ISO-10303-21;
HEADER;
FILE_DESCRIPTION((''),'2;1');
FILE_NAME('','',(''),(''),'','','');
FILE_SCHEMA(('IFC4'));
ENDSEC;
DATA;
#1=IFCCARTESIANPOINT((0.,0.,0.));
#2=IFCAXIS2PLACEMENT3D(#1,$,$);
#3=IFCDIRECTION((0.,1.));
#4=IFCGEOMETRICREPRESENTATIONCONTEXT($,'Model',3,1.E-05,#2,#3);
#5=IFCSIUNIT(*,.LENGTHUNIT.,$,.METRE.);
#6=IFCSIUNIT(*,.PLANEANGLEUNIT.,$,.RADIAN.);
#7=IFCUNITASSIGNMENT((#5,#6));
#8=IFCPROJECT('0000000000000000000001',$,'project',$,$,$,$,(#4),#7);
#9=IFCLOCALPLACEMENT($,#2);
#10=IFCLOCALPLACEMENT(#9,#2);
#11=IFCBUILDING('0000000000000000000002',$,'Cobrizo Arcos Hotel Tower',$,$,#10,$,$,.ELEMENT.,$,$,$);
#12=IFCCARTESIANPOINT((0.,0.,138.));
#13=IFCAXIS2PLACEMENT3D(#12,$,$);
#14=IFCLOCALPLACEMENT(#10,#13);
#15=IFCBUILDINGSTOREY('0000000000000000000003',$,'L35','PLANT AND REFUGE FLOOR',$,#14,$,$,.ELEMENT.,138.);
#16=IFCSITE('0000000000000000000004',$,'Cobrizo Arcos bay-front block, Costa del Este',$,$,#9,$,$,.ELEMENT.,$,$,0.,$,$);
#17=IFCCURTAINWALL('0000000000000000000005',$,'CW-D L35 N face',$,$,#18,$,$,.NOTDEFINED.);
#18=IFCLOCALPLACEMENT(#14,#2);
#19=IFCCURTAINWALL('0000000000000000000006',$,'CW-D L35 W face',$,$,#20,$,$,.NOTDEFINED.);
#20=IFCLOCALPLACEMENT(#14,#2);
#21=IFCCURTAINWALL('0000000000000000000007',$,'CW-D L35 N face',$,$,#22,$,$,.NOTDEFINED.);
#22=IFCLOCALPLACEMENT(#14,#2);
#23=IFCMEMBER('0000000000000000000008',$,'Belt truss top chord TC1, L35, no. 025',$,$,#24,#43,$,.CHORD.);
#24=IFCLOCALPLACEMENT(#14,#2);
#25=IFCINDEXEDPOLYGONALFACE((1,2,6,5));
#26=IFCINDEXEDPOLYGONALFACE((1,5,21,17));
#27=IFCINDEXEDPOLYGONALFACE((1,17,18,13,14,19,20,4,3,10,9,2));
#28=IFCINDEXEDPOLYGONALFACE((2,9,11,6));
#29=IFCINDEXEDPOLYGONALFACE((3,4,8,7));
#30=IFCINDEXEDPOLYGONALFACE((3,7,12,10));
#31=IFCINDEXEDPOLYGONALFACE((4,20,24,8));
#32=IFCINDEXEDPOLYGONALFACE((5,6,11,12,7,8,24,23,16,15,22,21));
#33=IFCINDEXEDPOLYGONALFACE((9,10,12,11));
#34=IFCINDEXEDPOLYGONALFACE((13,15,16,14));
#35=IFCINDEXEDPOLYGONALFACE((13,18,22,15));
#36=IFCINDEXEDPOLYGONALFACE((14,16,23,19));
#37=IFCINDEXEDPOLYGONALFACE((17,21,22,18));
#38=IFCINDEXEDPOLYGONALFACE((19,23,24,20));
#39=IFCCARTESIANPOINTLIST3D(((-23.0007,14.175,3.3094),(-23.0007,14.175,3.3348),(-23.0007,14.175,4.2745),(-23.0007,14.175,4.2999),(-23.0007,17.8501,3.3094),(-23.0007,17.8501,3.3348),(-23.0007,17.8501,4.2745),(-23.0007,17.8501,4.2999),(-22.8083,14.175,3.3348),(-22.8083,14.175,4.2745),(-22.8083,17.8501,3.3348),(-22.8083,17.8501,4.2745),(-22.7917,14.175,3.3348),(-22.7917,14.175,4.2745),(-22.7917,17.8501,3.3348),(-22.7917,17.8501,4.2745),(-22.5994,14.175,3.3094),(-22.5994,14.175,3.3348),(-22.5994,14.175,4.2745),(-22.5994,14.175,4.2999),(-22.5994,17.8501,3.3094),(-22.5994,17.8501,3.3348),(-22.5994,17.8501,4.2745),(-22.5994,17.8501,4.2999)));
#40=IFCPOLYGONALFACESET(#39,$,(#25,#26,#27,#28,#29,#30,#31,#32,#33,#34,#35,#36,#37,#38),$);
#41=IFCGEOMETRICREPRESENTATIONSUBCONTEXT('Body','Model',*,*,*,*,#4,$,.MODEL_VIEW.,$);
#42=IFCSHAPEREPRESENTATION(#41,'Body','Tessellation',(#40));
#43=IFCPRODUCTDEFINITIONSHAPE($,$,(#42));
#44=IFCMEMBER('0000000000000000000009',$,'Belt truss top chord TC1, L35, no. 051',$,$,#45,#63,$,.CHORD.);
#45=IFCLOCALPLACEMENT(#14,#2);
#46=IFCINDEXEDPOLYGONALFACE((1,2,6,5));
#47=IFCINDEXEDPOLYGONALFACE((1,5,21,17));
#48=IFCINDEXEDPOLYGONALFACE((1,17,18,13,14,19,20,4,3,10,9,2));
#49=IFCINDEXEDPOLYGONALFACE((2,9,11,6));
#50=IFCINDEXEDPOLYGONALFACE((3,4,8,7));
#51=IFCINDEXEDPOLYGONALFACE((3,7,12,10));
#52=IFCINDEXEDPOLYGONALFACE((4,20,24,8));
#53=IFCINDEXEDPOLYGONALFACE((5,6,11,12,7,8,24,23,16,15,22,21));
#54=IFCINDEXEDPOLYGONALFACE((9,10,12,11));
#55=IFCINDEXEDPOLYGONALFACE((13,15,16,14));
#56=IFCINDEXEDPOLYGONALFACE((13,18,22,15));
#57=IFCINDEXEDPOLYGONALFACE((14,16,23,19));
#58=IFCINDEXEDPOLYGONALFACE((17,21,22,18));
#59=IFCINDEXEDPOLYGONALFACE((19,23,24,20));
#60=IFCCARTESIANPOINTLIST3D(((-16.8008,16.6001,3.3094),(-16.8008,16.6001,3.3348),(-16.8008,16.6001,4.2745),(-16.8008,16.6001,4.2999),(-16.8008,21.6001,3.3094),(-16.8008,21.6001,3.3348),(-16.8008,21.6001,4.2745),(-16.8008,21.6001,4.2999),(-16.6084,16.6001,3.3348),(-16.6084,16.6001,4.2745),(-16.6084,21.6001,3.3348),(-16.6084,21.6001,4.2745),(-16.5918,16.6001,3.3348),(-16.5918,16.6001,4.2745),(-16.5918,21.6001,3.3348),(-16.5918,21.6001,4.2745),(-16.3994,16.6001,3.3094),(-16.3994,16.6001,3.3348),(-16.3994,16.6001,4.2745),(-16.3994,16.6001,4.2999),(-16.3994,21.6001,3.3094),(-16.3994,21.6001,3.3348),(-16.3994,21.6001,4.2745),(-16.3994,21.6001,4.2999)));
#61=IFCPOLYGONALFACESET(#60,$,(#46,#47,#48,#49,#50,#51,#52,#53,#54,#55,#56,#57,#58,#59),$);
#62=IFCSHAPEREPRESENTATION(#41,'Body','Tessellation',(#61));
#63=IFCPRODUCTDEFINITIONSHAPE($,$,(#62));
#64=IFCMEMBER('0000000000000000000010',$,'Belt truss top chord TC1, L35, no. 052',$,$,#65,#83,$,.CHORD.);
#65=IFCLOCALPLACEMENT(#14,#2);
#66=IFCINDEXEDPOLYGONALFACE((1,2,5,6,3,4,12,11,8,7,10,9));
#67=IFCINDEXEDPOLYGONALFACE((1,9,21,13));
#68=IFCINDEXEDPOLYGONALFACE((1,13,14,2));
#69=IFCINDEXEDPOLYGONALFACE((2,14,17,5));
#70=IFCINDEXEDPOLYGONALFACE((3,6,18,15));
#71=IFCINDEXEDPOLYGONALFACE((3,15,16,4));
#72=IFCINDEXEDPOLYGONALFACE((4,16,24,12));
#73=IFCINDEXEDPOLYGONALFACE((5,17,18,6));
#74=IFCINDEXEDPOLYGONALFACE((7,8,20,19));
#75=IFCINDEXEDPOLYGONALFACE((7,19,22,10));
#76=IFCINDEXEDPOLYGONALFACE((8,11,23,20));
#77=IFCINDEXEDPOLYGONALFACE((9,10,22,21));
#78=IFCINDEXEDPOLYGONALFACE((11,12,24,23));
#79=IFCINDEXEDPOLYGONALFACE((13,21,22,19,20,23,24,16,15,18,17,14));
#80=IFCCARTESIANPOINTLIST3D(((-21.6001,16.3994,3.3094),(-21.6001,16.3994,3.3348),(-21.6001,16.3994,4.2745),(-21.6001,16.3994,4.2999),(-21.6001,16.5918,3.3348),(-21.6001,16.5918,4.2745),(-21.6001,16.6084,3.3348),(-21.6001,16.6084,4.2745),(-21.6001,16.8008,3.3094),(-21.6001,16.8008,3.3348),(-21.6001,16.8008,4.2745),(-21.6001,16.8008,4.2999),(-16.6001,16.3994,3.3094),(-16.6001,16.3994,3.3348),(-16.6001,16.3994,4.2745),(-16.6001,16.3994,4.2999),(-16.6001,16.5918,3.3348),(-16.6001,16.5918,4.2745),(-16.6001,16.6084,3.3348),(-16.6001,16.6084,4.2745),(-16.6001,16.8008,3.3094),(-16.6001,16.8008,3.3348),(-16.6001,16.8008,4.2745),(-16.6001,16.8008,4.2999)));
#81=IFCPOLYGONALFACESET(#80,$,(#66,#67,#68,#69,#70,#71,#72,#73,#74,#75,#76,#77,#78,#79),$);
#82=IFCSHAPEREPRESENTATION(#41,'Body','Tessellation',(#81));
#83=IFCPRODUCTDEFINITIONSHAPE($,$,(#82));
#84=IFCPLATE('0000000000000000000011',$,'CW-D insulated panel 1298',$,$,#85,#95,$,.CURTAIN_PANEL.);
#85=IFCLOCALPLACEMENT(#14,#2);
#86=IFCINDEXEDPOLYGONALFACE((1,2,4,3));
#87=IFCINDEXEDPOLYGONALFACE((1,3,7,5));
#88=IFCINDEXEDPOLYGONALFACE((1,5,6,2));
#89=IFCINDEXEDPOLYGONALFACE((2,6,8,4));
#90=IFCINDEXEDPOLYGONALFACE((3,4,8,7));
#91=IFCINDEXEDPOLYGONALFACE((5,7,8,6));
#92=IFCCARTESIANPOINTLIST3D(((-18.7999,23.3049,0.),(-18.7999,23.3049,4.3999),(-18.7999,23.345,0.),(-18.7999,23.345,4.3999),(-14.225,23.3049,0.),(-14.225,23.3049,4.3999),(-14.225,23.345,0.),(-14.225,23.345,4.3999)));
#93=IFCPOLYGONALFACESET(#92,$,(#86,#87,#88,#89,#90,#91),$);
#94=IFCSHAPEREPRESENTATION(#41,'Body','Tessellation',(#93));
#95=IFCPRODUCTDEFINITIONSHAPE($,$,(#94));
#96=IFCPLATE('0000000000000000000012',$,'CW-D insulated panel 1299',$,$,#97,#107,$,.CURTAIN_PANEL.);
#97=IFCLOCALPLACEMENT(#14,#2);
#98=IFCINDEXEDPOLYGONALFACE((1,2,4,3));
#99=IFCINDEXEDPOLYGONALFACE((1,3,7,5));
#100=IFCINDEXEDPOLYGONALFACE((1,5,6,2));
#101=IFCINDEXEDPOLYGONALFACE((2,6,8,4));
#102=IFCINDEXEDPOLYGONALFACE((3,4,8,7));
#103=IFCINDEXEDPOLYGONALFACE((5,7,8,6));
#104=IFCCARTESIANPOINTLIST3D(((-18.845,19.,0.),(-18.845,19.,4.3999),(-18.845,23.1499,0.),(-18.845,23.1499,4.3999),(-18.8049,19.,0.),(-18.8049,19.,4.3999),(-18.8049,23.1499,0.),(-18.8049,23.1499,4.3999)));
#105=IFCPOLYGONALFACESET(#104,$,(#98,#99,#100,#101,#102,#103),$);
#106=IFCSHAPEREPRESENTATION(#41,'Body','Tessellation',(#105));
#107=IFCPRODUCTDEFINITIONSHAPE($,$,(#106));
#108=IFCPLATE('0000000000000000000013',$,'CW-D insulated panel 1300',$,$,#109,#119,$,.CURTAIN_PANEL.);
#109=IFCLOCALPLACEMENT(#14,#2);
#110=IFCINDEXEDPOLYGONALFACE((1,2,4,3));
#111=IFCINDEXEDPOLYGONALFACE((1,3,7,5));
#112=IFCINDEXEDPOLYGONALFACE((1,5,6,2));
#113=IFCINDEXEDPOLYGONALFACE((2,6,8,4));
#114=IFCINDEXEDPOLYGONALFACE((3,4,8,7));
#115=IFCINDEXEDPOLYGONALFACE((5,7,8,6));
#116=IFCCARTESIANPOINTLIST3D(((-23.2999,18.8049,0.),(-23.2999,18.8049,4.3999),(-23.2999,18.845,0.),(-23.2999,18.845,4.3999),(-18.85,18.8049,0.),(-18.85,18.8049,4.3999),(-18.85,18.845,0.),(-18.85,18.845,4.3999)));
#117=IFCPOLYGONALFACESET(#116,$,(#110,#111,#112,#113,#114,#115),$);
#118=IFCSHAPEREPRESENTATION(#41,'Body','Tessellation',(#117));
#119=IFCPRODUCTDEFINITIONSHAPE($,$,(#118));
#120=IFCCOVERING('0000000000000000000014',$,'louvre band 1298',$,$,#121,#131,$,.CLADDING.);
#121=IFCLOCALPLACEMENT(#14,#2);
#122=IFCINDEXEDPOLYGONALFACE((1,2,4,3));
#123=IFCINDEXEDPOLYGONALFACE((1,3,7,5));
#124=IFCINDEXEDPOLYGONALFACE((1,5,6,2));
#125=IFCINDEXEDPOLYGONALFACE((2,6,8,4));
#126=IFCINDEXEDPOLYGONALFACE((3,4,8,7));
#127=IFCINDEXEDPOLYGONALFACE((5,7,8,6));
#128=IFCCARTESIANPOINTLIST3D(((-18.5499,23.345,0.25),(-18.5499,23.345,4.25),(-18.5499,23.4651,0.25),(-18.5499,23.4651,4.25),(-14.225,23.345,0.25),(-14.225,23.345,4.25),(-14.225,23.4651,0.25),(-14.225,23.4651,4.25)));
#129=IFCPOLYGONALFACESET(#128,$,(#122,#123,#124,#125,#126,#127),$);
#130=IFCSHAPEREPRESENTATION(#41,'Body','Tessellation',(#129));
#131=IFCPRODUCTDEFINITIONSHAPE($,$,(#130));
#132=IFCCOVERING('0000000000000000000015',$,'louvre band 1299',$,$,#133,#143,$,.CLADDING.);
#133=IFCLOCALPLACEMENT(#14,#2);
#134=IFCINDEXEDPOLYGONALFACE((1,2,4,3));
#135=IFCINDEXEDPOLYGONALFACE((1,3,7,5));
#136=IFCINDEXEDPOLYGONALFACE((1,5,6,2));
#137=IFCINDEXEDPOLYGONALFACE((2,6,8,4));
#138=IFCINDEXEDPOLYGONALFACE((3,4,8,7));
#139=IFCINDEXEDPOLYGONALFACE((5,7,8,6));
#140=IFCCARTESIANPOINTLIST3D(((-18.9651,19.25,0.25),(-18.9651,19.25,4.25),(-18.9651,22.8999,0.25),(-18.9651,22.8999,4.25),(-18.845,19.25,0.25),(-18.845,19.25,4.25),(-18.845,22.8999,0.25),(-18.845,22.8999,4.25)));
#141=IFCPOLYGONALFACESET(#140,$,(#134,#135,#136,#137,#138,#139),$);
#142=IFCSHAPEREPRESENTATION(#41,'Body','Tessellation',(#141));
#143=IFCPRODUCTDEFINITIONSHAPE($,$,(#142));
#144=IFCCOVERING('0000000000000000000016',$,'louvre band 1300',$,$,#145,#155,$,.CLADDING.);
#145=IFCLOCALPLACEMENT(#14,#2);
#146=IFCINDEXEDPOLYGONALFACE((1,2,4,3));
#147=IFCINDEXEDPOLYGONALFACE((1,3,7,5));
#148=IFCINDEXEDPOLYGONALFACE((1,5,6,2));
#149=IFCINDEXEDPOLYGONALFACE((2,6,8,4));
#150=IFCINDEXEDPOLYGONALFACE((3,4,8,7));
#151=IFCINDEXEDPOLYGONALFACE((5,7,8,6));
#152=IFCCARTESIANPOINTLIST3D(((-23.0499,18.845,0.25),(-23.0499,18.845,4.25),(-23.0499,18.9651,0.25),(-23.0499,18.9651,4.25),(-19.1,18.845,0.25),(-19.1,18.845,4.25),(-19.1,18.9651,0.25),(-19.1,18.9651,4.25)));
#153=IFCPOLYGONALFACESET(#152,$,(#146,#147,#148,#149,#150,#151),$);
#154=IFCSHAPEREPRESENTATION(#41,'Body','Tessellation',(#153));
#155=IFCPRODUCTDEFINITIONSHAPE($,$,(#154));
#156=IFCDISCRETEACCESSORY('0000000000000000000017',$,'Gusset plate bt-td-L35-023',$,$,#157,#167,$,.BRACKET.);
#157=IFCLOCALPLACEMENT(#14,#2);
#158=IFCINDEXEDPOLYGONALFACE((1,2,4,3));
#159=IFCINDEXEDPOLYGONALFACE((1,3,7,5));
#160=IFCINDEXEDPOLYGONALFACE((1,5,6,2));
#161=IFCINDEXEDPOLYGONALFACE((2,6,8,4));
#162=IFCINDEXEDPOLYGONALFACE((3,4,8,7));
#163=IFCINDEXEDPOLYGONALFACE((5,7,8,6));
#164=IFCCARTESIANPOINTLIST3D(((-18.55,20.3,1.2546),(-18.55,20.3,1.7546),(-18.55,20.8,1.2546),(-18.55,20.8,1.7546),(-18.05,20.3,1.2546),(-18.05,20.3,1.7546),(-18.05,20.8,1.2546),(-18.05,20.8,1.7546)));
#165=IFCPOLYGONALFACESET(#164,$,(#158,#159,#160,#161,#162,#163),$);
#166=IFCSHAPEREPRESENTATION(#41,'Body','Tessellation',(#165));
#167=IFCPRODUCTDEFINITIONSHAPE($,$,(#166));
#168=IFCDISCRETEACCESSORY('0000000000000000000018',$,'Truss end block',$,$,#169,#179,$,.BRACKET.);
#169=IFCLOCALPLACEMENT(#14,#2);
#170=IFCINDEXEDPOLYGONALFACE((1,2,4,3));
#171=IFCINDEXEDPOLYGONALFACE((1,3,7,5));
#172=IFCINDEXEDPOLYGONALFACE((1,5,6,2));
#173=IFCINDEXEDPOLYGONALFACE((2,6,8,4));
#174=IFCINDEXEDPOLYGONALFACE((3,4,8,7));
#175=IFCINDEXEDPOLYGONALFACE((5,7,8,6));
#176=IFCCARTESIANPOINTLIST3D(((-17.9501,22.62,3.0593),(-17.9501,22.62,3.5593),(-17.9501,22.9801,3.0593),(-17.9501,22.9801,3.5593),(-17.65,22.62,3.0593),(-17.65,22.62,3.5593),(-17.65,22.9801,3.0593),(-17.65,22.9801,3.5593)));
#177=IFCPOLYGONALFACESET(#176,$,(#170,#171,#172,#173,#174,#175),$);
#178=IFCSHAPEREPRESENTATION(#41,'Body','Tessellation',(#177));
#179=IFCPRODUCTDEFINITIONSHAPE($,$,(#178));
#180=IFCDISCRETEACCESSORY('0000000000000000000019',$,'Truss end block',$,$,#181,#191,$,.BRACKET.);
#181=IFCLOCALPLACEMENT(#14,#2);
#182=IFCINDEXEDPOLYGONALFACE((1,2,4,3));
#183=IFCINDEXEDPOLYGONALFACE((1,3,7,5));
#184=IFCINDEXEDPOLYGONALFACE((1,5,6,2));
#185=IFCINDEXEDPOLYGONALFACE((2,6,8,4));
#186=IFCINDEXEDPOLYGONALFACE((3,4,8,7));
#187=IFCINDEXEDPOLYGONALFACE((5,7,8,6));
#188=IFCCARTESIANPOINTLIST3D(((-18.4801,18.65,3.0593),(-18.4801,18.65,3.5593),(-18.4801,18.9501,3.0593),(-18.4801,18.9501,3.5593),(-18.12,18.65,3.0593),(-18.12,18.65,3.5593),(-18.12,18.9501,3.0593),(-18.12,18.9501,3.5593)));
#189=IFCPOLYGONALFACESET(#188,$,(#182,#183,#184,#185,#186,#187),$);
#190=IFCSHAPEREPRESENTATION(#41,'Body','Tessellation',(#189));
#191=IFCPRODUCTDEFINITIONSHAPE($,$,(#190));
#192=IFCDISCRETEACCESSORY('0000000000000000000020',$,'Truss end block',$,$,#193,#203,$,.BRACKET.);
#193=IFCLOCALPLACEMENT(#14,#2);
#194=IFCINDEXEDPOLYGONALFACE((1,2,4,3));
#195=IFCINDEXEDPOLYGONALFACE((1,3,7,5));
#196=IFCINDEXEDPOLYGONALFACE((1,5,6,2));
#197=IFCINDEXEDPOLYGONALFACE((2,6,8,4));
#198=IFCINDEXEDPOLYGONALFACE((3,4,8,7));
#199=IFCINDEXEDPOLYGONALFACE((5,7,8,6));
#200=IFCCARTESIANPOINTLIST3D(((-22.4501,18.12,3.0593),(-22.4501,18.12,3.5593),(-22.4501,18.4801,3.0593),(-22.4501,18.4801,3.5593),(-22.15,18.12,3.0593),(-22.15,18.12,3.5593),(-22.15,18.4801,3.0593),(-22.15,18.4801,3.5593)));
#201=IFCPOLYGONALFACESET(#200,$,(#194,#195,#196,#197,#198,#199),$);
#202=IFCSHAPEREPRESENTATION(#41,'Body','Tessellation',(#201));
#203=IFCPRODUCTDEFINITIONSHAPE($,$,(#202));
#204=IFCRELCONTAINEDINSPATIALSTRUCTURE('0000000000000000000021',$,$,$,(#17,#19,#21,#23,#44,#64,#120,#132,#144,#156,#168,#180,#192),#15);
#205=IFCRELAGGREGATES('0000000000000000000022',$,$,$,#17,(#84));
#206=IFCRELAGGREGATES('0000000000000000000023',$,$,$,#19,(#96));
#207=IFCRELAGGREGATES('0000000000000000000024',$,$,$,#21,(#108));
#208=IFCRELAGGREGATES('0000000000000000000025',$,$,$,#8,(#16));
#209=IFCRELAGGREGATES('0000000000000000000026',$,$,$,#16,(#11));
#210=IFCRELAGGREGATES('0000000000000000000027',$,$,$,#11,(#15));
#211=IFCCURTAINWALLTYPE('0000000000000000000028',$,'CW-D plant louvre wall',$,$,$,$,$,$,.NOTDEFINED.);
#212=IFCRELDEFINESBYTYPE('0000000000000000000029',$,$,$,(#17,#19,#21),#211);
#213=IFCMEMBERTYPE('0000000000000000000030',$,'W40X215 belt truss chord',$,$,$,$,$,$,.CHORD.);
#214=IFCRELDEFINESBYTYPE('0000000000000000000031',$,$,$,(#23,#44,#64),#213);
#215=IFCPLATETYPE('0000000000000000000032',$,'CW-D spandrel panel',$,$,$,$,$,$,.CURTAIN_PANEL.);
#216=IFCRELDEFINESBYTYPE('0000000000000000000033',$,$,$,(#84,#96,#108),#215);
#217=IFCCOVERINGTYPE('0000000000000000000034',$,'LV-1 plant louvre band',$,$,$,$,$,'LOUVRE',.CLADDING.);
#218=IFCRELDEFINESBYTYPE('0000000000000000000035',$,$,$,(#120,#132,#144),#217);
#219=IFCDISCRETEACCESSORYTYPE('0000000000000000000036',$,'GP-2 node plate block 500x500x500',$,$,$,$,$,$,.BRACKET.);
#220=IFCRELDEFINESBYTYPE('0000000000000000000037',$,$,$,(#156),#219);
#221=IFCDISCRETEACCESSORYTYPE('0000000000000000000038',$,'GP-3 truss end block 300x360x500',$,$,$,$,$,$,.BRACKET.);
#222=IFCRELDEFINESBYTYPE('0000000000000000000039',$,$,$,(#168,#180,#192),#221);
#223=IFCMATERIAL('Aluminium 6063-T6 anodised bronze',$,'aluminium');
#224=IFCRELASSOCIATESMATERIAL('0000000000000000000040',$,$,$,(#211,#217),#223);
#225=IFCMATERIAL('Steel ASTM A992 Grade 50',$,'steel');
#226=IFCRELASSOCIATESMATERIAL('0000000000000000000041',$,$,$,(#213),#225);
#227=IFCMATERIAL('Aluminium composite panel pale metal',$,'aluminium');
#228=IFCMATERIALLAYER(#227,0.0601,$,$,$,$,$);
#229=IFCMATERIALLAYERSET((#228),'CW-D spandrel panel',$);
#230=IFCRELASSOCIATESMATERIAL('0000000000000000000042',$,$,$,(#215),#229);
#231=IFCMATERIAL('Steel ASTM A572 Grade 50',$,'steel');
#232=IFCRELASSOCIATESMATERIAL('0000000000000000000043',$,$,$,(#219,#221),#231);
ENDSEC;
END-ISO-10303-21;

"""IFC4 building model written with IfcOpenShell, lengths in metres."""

from ifc_helpers import new_model, si_unit, direction, frame, origin, origin_2d, place, context, subcontext, project, spatial, rectangle, i_section, extrude, material, layer, layer_set, material_profile, profile_set, type_object, element, aggregate, save


model = new_model("IFC4")

# Units and contexts
model_context = context("Model", 3, precision=1e-05, world=origin(), true_north=direction((0.0, 1.0)))
body_context = subcontext(model_context, "Body", "Model", "MODEL_VIEW")
ifc_project = project(units=[si_unit("LENGTHUNIT", "METRE"), si_unit("PLANEANGLEUNIT", "RADIAN")], contexts=[model_context])

# Site, building, storey
site_placement = place(None, origin())
site = spatial("IfcSite", under=ifc_project, at=site_placement, Name="Cobrizo Arcos bay-front block, Costa del Este", CompositionType="ELEMENT", RefElevation=0.0)
building_placement = place(site_placement, origin())
building = spatial("IfcBuilding", under=site, at=building_placement, Name="Cobrizo Arcos Hotel Tower", CompositionType="ELEMENT")
storey_placement = place(building_placement, frame((0.0, 0.0, 138.0)))
storey = spatial("IfcBuildingStorey", under=building, at=storey_placement, Name="L35", Description="PLANT AND REFUGE FLOOR", CompositionType="ELEMENT", Elevation=138.0)

# Curtain wall
ifc_material_1 = material(Name="Aluminium 6063-T6 anodised bronze", Category="aluminium")
curtain_wall_type = type_object("IfcCurtainWallType", Name="CW-D plant louvre wall", PredefinedType="NOTDEFINED", material=ifc_material_1)
curtain_wall_1_placement = place(storey_placement, origin())
curtain_wall_1 = element("IfcCurtainWall", 1, at=curtain_wall_1_placement, inside=storey, type_object=curtain_wall_type, Name="CW-D L35 N face", PredefinedType="NOTDEFINED")

# Curtain walls
curtain_wall_2_placement = place(storey_placement, origin())
curtain_wall_2 = element("IfcCurtainWall", 2, at=curtain_wall_2_placement, inside=storey, type_object=curtain_wall_type, Name="CW-D L35 W face", PredefinedType="NOTDEFINED")
curtain_wall_3_placement = place(storey_placement, origin())
curtain_wall_3 = element("IfcCurtainWall", 3, at=curtain_wall_3_placement, inside=storey, type_object=curtain_wall_type, Name="CW-D L35 N face", PredefinedType="NOTDEFINED")

# Members
ifc_material_2 = material(Name="Steel ASTM A992 Grade 50", Category="steel")
ifc_material_profile_1 = material_profile(ifc_material_2, i_section(OverallWidth=0.4014, OverallDepth=0.9905, WebThickness=0.0166, FlangeThickness=0.0254, at=origin_2d()), Name="W40X215")
ifc_profile_set_1 = profile_set([ifc_material_profile_1], Name="Steel ASTM A992 Grade 50")
member_type_1 = type_object("IfcMemberType", Name="W40X215 belt truss chord", PredefinedType="CHORD", material=ifc_profile_set_1)
member_1_placement = place(storey_placement, frame((-22.8, 17.8501, 3.8047), z_axis=(0.0, -1.0, 0.0), x_axis=(1.0, 0.0, 0.0)))
element("IfcMember", 4, at=member_1_placement, inside=storey, type_object=member_type_1, Name="Belt truss top chord TC1, L35, no. 025", PredefinedType="CHORD", context=body_context, shape_type="SweptSolid", body=[
    extrude(i_section(OverallWidth=0.4014, OverallDepth=0.9905, WebThickness=0.0166, FlangeThickness=0.0254, at=origin_2d()), origin(), (0.0, 0.0, 1.0), 3.675),
])
for number, where, z_axis, x_axis, name in (
    (5, (-16.6001, 21.6001, 3.8047), (0.0, -1.0, 0.0), (1.0, 0.0, 0.0), "Belt truss top chord TC1, L35, no. 051"),
    (6, (-16.6001, 16.6001, 3.8047), (-1.0, 0.0, 0.0), (0.0, -1.0, 0.0), "Belt truss top chord TC1, L35, no. 052"),
):
    element("IfcMember", number, at=place(storey_placement, frame(where, z_axis=z_axis, x_axis=x_axis)), inside=storey, type_object=member_type_1, Name=name, PredefinedType="CHORD", context=body_context, shape_type="SweptSolid", body=[
        extrude(i_section(OverallWidth=0.4014, OverallDepth=0.9905, WebThickness=0.0166, FlangeThickness=0.0254, at=origin_2d()), origin(), (0.0, 0.0, 1.0), 5.0),
    ])

# Plates
ifc_material_3 = material(Name="Aluminium composite panel pale metal", Category="aluminium")
ifc_layer = layer(ifc_material_3, 0.0601)
ifc_layer_set = layer_set([ifc_layer], Name="CW-D spandrel panel")
plate_type = type_object("IfcPlateType", Name="CW-D spandrel panel", PredefinedType="CURTAIN_PANEL", material=ifc_layer_set)
plate_1_placement = place(storey_placement, frame((-16.5125, 23.325, 0.0), z_axis=(0.0, 0.0, 1.0), x_axis=(-1.0, 0.0, 0.0)))
plate_1 = element("IfcPlate", 7, at=plate_1_placement, type_object=plate_type, Name="CW-D insulated panel 1298", PredefinedType="CURTAIN_PANEL", context=body_context, shape_type="SweptSolid", body=[
    extrude(rectangle(XDim=4.575, YDim=0.04, at=origin_2d()), origin(), (0.0, 0.0, 1.0), 4.3999),
])
aggregate(curtain_wall_1, [plate_1])
plate_2_placement = place(storey_placement, frame((-18.825, 21.075, 0.0), z_axis=(0.0, 0.0, 1.0), x_axis=(0.0, -1.0, 0.0)))
plate_2 = element("IfcPlate", 8, at=plate_2_placement, type_object=plate_type, Name="CW-D insulated panel 1299", PredefinedType="CURTAIN_PANEL", context=body_context, shape_type="SweptSolid", body=[
    extrude(rectangle(XDim=4.1499, YDim=0.04, at=origin_2d()), origin(), (0.0, 0.0, 1.0), 4.3999),
])
aggregate(curtain_wall_2, [plate_2])
plate_3_placement = place(storey_placement, frame((-21.075, 18.825, 0.0), z_axis=(0.0, 0.0, 1.0), x_axis=(-1.0, 0.0, 0.0)))
plate_3 = element("IfcPlate", 9, at=plate_3_placement, type_object=plate_type, Name="CW-D insulated panel 1300", PredefinedType="CURTAIN_PANEL", context=body_context, shape_type="SweptSolid", body=[
    extrude(rectangle(XDim=4.45, YDim=0.04, at=origin_2d()), origin(), (0.0, 0.0, 1.0), 4.3999),
])
aggregate(curtain_wall_3, [plate_3])

# Coverings
covering_type = type_object("IfcCoveringType", Name="LV-1 plant louvre band", ElementType="LOUVRE", PredefinedType="CLADDING", material=ifc_material_1)
covering_1_placement = place(storey_placement, frame((-16.3875, 23.405, 0.25), z_axis=(0.0, 0.0, 1.0), x_axis=(-1.0, 0.0, 0.0)))
element("IfcCovering", 10, at=covering_1_placement, inside=storey, type_object=covering_type, Name="louvre band 1298", PredefinedType="CLADDING", context=body_context, shape_type="SweptSolid", body=[
    extrude(rectangle(XDim=4.325, YDim=0.1201, at=origin_2d()), origin(), (0.0, 0.0, 1.0), 4.0),
])
covering_2_placement = place(storey_placement, frame((-18.905, 21.075, 0.25), z_axis=(0.0, 0.0, 1.0), x_axis=(0.0, -1.0, 0.0)))
element("IfcCovering", 11, at=covering_2_placement, inside=storey, type_object=covering_type, Name="louvre band 1299", PredefinedType="CLADDING", context=body_context, shape_type="SweptSolid", body=[
    extrude(rectangle(XDim=3.6499, YDim=0.1201, at=origin_2d()), origin(), (0.0, 0.0, 1.0), 4.0),
])
covering_3_placement = place(storey_placement, frame((-21.075, 18.905, 0.25), z_axis=(0.0, 0.0, 1.0), x_axis=(-1.0, 0.0, 0.0)))
element("IfcCovering", 12, at=covering_3_placement, inside=storey, type_object=covering_type, Name="louvre band 1300", PredefinedType="CLADDING", context=body_context, shape_type="SweptSolid", body=[
    extrude(rectangle(XDim=3.95, YDim=0.1201, at=origin_2d()), origin(), (0.0, 0.0, 1.0), 4.0),
])

# Discrete accessories
ifc_material_4 = material(Name="Steel ASTM A572 Grade 50", Category="steel")
discrete_accessory_type_1 = type_object("IfcDiscreteAccessoryType", Name="GP-2 node plate block 500x500x500", PredefinedType="BRACKET", material=ifc_material_4)
discrete_accessory_placement = place(storey_placement, frame((-18.3, 20.55, 1.2546), z_axis=(0.0, 0.0, 1.0), x_axis=(1.0, 0.0, 0.0)))
element("IfcDiscreteAccessory", 13, at=discrete_accessory_placement, inside=storey, type_object=discrete_accessory_type_1, Name="Gusset plate bt-td-L35-023", PredefinedType="BRACKET", context=body_context, shape_type="SweptSolid", body=[
    extrude(rectangle(XDim=0.5, YDim=0.5, at=origin_2d()), origin(), (0.0, 0.0, 1.0), 0.5),
])
discrete_accessory_type_2 = type_object("IfcDiscreteAccessoryType", Name="GP-3 truss end block 300x360x500", PredefinedType="BRACKET", material=ifc_material_4)
for number, where, z_axis, x_axis, name in (
    (14, (-17.8, 22.8, 3.0593), (0.0, 0.0, 1.0), (1.0, 0.0, 0.0), "Truss end block"),
    (15, (-18.3, 18.8, 3.0593), (0.0, 0.0, 1.0), (0.0, 1.0, 0.0), "Truss end block"),
    (16, (-22.3, 18.3, 3.0593), (0.0, 0.0, 1.0), (1.0, 0.0, 0.0), "Truss end block"),
):
    element("IfcDiscreteAccessory", number, at=place(storey_placement, frame(where, z_axis=z_axis, x_axis=x_axis)), inside=storey, type_object=discrete_accessory_type_2, Name=name, PredefinedType="BRACKET", context=body_context, shape_type="SweptSolid", body=[
        extrude(rectangle(XDim=0.3, YDim=0.3601, at=origin_2d()), origin(), (0.0, 0.0, 1.0), 0.5),
    ])

save(model, "model.ifc")
